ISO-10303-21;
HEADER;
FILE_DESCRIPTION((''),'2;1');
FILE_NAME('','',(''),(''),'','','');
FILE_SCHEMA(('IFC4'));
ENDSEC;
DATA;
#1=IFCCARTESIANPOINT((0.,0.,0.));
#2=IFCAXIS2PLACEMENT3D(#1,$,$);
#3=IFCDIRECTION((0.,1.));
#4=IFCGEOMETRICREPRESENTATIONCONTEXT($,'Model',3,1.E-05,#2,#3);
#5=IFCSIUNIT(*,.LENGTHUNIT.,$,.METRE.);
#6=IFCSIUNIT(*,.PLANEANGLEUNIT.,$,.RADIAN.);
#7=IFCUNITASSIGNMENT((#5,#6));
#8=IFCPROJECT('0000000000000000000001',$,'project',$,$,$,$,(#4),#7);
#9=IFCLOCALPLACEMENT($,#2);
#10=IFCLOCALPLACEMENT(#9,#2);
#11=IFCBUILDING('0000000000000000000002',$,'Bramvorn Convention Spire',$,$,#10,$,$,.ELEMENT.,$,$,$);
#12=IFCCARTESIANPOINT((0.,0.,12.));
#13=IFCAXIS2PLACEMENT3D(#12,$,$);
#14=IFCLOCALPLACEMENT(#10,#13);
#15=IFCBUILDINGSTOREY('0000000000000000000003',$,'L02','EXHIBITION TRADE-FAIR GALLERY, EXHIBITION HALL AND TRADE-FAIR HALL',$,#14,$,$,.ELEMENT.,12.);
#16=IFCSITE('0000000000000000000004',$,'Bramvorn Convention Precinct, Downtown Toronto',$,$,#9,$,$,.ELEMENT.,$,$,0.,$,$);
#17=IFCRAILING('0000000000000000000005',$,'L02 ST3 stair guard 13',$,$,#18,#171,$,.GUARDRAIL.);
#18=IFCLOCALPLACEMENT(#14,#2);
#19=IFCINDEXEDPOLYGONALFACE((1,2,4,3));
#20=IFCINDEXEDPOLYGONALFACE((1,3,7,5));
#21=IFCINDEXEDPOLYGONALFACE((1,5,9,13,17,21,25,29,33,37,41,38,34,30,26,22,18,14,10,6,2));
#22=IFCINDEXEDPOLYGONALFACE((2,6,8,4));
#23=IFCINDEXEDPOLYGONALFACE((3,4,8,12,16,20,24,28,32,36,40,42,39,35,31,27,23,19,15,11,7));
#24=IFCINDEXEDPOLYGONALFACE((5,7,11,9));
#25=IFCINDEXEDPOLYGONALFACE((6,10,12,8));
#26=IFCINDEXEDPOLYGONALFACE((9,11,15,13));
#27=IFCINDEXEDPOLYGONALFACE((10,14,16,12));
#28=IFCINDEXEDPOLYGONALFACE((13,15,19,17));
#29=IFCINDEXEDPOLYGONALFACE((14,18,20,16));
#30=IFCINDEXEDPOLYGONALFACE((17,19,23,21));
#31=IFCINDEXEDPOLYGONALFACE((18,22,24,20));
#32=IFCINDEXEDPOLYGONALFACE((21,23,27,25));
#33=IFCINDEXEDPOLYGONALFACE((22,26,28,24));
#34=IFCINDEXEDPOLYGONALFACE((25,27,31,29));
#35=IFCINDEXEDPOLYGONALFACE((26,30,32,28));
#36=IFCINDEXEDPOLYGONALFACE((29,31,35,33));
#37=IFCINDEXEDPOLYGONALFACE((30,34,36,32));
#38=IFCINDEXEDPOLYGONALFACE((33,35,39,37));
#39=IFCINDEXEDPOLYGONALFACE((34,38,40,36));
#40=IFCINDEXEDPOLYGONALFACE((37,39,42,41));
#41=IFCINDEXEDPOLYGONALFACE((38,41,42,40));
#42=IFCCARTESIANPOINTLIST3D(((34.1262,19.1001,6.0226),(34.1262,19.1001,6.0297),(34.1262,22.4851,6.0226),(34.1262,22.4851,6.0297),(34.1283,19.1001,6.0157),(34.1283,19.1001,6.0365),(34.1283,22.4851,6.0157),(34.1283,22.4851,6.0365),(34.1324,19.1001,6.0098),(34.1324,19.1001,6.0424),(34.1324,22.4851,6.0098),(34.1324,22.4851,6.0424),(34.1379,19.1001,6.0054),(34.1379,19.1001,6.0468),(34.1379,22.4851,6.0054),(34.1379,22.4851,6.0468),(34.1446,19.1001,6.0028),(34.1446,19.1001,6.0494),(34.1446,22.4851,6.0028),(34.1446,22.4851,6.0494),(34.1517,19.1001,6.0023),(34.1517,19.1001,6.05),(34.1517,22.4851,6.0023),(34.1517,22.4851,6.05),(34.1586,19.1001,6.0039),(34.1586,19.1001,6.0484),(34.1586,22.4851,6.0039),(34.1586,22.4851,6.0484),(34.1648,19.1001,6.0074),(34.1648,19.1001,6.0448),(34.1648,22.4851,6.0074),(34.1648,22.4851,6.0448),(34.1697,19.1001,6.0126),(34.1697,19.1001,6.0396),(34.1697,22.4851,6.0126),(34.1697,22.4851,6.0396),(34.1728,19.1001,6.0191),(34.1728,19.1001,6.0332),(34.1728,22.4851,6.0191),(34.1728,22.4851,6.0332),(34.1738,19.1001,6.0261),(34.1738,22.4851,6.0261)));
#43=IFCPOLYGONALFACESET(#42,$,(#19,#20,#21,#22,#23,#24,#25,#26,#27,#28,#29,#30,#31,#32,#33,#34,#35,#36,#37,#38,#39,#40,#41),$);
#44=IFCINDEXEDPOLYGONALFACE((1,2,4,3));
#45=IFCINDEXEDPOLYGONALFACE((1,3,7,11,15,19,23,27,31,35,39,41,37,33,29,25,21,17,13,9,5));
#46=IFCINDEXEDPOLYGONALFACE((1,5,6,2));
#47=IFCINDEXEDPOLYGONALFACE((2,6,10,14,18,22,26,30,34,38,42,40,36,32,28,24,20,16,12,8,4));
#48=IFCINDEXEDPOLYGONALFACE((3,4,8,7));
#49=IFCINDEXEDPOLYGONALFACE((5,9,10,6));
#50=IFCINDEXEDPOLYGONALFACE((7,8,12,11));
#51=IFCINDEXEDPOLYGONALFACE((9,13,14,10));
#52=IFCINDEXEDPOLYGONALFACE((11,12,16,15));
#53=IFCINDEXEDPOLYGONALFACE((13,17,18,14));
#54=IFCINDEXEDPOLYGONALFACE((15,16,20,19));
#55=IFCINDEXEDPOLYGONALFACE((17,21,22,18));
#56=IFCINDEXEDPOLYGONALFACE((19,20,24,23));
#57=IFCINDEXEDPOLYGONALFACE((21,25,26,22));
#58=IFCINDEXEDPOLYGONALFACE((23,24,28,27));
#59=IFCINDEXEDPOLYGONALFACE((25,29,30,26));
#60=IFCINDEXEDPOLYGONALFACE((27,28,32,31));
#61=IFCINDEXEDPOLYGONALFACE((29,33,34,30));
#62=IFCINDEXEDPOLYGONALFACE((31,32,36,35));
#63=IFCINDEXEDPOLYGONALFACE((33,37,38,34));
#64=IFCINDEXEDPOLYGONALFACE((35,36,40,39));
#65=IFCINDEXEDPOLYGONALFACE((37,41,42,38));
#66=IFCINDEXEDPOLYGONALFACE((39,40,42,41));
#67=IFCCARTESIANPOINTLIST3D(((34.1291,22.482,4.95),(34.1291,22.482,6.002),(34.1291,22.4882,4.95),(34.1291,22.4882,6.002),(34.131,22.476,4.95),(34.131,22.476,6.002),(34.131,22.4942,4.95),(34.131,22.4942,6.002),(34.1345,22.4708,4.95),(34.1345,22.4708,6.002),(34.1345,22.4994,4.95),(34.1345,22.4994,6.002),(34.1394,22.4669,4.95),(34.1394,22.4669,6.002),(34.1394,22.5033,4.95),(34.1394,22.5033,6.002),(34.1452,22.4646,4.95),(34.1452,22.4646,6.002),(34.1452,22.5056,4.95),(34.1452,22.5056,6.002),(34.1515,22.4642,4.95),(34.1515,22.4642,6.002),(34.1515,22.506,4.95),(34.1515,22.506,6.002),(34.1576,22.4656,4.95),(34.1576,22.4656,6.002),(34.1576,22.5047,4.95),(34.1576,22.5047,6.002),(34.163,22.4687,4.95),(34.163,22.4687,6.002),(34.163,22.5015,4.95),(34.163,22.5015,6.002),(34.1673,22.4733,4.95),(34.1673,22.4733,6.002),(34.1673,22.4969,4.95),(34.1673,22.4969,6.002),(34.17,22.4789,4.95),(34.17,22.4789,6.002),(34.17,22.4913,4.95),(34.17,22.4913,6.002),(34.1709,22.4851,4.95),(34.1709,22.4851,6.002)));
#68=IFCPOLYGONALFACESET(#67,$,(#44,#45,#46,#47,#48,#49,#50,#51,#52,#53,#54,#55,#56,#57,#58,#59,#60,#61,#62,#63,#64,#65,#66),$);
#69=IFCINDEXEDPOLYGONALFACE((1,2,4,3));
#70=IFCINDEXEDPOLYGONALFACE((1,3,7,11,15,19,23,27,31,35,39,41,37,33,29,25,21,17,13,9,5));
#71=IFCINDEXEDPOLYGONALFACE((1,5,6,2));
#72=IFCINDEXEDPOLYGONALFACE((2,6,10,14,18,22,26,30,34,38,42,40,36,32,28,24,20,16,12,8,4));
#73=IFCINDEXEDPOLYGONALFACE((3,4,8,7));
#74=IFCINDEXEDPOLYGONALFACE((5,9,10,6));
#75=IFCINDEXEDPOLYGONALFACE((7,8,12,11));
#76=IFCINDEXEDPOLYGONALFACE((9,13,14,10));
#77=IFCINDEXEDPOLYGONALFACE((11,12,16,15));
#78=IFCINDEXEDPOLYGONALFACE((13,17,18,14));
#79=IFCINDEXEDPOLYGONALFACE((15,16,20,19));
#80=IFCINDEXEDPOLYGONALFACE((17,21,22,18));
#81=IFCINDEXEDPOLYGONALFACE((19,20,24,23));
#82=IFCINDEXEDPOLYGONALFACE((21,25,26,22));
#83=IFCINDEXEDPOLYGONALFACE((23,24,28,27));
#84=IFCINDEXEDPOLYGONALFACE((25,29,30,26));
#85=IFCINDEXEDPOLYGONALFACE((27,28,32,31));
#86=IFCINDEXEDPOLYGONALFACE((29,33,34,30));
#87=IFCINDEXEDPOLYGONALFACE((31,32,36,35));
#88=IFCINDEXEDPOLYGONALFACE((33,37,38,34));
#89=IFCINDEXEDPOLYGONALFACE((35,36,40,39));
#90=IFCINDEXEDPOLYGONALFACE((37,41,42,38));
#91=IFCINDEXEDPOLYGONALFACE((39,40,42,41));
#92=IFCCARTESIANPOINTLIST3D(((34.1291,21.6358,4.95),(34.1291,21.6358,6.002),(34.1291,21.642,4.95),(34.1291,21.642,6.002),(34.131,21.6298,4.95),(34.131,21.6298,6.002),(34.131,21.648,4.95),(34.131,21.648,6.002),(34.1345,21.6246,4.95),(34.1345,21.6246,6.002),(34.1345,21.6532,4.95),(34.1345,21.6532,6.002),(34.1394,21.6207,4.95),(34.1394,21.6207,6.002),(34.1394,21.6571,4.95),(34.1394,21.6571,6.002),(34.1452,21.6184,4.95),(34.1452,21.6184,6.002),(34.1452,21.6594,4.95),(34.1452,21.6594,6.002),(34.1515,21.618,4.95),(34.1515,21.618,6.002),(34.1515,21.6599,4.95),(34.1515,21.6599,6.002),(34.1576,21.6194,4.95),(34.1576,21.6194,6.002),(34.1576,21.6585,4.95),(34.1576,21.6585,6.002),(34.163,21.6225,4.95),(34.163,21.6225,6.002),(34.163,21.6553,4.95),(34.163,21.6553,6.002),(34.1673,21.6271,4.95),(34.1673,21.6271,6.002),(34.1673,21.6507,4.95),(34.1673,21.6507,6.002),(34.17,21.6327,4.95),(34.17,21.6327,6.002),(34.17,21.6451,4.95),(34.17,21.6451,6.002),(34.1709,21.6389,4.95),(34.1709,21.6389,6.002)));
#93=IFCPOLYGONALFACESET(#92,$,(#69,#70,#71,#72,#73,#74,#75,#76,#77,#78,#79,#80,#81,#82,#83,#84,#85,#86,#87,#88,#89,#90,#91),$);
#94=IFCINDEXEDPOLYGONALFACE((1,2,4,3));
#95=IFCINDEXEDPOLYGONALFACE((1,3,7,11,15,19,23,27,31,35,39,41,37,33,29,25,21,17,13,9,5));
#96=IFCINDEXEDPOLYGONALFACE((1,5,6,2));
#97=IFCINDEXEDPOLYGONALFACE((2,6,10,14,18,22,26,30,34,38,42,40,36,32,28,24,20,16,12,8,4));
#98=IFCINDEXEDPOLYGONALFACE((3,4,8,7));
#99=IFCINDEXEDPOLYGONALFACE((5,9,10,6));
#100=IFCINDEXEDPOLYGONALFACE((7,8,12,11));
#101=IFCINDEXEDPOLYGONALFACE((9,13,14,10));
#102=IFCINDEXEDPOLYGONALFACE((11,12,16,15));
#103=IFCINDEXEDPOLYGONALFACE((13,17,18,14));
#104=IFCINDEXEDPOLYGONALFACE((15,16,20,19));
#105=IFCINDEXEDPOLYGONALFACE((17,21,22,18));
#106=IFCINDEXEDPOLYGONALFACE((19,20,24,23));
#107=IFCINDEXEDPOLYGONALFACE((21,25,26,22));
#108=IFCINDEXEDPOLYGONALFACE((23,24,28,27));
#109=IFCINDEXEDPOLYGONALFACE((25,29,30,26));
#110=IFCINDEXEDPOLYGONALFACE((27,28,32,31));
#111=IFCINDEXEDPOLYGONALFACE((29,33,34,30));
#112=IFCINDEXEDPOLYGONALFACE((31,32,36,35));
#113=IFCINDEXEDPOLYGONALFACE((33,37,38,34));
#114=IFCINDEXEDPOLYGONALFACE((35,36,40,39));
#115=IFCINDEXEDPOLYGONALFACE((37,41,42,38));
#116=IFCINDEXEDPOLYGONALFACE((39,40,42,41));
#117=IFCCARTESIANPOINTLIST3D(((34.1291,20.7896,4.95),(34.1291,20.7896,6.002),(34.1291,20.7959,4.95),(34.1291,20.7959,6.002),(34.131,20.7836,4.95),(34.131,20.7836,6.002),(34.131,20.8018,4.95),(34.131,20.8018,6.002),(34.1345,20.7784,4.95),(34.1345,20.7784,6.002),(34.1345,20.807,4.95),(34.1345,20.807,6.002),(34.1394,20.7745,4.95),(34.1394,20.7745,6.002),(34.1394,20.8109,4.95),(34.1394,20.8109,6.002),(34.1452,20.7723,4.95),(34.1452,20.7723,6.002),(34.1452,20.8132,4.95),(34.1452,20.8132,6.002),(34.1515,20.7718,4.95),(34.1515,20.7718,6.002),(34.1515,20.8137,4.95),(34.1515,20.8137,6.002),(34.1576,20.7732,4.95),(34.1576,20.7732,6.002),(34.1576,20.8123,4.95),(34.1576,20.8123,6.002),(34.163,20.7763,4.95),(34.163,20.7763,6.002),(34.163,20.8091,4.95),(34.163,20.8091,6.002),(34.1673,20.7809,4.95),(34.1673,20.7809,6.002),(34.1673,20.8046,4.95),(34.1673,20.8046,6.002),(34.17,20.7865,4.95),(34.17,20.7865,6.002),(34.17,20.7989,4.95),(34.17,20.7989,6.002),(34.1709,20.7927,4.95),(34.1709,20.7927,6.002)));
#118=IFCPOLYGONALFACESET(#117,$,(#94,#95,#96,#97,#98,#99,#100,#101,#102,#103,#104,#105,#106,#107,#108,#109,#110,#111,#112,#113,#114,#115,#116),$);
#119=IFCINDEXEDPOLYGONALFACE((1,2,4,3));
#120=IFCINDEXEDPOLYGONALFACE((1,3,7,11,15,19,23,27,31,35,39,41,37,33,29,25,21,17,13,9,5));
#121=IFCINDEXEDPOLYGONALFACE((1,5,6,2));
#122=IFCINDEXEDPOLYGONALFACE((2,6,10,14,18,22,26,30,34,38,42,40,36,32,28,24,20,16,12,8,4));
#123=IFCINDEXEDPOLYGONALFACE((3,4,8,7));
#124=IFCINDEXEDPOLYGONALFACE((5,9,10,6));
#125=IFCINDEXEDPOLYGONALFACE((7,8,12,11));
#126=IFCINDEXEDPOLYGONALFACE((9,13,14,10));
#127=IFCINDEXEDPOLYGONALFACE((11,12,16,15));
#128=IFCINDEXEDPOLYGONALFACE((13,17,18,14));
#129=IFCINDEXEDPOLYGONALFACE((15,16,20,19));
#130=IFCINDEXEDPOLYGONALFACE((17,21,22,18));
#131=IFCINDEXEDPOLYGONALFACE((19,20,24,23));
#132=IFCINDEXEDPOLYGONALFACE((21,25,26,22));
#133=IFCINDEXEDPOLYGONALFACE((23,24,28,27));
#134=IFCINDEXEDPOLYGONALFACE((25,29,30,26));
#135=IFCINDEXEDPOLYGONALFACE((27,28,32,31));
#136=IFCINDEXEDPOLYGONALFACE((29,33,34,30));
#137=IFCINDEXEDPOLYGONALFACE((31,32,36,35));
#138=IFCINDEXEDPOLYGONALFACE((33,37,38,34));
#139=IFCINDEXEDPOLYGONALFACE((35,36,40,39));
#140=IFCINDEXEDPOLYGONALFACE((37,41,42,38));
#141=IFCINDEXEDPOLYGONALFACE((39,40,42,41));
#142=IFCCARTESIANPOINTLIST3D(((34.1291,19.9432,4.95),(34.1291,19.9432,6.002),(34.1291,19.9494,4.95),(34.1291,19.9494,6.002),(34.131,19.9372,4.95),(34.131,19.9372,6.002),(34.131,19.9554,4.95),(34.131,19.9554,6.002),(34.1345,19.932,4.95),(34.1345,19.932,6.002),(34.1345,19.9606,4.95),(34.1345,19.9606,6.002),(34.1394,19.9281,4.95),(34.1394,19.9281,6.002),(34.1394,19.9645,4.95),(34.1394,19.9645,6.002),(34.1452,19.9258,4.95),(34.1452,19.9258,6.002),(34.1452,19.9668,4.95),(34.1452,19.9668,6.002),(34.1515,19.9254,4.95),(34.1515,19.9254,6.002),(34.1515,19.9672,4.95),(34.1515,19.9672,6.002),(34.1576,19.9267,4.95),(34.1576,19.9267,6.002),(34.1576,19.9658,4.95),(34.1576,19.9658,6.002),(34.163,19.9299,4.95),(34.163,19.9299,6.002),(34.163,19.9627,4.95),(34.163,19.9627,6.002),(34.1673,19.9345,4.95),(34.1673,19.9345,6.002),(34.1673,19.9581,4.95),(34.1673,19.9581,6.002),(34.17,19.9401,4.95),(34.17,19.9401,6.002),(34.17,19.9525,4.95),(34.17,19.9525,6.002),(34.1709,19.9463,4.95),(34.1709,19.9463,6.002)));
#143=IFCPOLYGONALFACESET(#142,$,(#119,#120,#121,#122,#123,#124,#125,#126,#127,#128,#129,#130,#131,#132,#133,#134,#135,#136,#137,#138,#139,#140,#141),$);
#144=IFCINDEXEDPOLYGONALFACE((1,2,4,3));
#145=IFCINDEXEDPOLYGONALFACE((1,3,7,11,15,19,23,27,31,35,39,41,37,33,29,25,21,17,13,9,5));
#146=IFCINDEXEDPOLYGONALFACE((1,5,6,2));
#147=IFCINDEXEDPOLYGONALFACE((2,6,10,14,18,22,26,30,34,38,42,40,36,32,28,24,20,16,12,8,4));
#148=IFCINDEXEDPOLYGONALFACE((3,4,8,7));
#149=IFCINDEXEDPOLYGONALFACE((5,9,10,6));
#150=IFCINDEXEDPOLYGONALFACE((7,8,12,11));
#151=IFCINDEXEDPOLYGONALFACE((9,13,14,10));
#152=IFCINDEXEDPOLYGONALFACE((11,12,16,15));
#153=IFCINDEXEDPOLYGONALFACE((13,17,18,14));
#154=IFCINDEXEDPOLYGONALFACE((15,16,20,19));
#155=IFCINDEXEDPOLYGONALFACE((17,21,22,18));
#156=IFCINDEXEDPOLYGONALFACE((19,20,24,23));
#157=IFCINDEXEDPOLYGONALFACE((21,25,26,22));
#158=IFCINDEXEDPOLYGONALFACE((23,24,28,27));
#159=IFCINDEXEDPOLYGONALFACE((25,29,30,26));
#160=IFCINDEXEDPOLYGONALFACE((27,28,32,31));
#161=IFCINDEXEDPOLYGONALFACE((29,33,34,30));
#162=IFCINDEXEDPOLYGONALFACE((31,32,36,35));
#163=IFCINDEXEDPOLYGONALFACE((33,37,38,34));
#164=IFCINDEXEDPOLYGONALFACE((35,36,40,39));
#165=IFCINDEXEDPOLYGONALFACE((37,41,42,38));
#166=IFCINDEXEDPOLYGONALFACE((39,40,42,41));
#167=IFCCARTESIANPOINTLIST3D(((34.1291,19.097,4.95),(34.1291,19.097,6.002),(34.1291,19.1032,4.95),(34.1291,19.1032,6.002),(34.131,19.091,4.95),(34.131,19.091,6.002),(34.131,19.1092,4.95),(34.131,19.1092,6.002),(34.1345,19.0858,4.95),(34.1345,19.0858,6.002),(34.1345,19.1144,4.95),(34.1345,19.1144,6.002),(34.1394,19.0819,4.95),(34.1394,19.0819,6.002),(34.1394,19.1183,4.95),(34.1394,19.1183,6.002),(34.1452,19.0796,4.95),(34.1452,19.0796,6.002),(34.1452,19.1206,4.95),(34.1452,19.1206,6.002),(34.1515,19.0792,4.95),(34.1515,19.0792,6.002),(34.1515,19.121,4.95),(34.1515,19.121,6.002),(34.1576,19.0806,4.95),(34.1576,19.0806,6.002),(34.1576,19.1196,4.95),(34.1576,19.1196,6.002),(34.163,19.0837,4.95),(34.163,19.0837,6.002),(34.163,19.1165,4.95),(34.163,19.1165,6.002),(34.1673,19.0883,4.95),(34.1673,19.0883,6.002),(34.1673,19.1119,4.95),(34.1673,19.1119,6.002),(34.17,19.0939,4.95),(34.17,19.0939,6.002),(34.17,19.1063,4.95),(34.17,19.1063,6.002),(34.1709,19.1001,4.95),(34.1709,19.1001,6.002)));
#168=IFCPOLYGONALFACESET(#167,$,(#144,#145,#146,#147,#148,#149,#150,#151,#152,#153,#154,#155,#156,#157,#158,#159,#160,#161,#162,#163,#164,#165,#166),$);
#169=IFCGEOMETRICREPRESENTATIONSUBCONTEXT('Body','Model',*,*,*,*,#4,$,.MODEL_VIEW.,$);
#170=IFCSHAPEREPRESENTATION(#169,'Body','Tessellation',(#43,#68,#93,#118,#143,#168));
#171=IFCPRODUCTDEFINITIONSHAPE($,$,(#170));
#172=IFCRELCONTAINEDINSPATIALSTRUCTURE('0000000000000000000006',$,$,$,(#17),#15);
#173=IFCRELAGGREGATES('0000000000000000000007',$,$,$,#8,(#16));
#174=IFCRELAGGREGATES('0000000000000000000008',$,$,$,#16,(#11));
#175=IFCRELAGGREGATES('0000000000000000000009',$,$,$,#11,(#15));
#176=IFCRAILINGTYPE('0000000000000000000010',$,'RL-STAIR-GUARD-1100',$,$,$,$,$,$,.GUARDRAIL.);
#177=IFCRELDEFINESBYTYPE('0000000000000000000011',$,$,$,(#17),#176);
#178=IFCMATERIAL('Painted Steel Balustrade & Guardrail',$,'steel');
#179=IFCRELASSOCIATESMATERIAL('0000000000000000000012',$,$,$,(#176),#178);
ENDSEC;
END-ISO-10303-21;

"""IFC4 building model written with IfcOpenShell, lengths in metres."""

from ifc_helpers import new_model, si_unit, direction, frame, origin, origin_2d, place, context, subcontext, project, spatial, circle, extrude, material, type_object, element, save


model = new_model("IFC4")

# Units and contexts
model_context = context("Model", 3, precision=1e-05, world=origin(), true_north=direction((0.0, 1.0)))
body_context = subcontext(model_context, "Body", "Model", "MODEL_VIEW")
ifc_project = project(units=[si_unit("LENGTHUNIT", "METRE"), si_unit("PLANEANGLEUNIT", "RADIAN")], contexts=[model_context])

# Site, building, storey
site_placement = place(None, origin())
site = spatial("IfcSite", under=ifc_project, at=site_placement, Name="Bramvorn Convention Precinct, Downtown Toronto", CompositionType="ELEMENT", RefElevation=0.0)
building_placement = place(site_placement, origin())
building = spatial("IfcBuilding", under=site, at=building_placement, Name="Bramvorn Convention Spire", CompositionType="ELEMENT")
storey_placement = place(building_placement, frame((0.0, 0.0, 12.0)))
storey = spatial("IfcBuildingStorey", under=building, at=storey_placement, Name="L02", Description="EXHIBITION TRADE-FAIR GALLERY, EXHIBITION HALL AND TRADE-FAIR HALL", CompositionType="ELEMENT", Elevation=12.0)

# Railing
ifc_material_1 = material(Name="Painted Steel Balustrade & Guardrail", Category="steel")
railing_type_1 = type_object("IfcRailingType", Name="RL-STAIR-GUARD-1100", PredefinedType="GUARDRAIL", material=ifc_material_1)
railing_1_placement = place(storey_placement, frame((34.1499, 22.4851, 4.95)))
element("IfcRailing", 1, at=railing_1_placement, inside=storey, type_object=railing_type_1, Name="L02 ST3 stair guard 13", PredefinedType="GUARDRAIL", context=body_context, shape_type="SweptSolid", body=[
    extrude(circle(Radius=0.0239, at=origin_2d()), frame((0.0, 0.0, 1.0762), z_axis=(0.0, -1.0, 0.0), x_axis=(1.0, 0.0, 0.0)), (0.0, 0.0, 1.0), 3.385),
    extrude(circle(Radius=0.021, at=origin_2d()), origin(), (0.0, 0.0, 1.0), 1.052),
    extrude(circle(Radius=0.021, at=origin_2d()), frame((0.0, -0.8462, 0.0)), (0.0, 0.0, 1.0), 1.052),
    extrude(circle(Radius=0.021, at=origin_2d()), frame((0.0, -1.6924, 0.0)), (0.0, 0.0, 1.0), 1.052),
    extrude(circle(Radius=0.021, at=origin_2d()), frame((0.0, -2.5388, 0.0)), (0.0, 0.0, 1.0), 1.052),
    extrude(circle(Radius=0.021, at=origin_2d()), frame((0.0, -3.385, 0.0)), (0.0, 0.0, 1.0), 1.052),
])

save(model, "model.ifc")
